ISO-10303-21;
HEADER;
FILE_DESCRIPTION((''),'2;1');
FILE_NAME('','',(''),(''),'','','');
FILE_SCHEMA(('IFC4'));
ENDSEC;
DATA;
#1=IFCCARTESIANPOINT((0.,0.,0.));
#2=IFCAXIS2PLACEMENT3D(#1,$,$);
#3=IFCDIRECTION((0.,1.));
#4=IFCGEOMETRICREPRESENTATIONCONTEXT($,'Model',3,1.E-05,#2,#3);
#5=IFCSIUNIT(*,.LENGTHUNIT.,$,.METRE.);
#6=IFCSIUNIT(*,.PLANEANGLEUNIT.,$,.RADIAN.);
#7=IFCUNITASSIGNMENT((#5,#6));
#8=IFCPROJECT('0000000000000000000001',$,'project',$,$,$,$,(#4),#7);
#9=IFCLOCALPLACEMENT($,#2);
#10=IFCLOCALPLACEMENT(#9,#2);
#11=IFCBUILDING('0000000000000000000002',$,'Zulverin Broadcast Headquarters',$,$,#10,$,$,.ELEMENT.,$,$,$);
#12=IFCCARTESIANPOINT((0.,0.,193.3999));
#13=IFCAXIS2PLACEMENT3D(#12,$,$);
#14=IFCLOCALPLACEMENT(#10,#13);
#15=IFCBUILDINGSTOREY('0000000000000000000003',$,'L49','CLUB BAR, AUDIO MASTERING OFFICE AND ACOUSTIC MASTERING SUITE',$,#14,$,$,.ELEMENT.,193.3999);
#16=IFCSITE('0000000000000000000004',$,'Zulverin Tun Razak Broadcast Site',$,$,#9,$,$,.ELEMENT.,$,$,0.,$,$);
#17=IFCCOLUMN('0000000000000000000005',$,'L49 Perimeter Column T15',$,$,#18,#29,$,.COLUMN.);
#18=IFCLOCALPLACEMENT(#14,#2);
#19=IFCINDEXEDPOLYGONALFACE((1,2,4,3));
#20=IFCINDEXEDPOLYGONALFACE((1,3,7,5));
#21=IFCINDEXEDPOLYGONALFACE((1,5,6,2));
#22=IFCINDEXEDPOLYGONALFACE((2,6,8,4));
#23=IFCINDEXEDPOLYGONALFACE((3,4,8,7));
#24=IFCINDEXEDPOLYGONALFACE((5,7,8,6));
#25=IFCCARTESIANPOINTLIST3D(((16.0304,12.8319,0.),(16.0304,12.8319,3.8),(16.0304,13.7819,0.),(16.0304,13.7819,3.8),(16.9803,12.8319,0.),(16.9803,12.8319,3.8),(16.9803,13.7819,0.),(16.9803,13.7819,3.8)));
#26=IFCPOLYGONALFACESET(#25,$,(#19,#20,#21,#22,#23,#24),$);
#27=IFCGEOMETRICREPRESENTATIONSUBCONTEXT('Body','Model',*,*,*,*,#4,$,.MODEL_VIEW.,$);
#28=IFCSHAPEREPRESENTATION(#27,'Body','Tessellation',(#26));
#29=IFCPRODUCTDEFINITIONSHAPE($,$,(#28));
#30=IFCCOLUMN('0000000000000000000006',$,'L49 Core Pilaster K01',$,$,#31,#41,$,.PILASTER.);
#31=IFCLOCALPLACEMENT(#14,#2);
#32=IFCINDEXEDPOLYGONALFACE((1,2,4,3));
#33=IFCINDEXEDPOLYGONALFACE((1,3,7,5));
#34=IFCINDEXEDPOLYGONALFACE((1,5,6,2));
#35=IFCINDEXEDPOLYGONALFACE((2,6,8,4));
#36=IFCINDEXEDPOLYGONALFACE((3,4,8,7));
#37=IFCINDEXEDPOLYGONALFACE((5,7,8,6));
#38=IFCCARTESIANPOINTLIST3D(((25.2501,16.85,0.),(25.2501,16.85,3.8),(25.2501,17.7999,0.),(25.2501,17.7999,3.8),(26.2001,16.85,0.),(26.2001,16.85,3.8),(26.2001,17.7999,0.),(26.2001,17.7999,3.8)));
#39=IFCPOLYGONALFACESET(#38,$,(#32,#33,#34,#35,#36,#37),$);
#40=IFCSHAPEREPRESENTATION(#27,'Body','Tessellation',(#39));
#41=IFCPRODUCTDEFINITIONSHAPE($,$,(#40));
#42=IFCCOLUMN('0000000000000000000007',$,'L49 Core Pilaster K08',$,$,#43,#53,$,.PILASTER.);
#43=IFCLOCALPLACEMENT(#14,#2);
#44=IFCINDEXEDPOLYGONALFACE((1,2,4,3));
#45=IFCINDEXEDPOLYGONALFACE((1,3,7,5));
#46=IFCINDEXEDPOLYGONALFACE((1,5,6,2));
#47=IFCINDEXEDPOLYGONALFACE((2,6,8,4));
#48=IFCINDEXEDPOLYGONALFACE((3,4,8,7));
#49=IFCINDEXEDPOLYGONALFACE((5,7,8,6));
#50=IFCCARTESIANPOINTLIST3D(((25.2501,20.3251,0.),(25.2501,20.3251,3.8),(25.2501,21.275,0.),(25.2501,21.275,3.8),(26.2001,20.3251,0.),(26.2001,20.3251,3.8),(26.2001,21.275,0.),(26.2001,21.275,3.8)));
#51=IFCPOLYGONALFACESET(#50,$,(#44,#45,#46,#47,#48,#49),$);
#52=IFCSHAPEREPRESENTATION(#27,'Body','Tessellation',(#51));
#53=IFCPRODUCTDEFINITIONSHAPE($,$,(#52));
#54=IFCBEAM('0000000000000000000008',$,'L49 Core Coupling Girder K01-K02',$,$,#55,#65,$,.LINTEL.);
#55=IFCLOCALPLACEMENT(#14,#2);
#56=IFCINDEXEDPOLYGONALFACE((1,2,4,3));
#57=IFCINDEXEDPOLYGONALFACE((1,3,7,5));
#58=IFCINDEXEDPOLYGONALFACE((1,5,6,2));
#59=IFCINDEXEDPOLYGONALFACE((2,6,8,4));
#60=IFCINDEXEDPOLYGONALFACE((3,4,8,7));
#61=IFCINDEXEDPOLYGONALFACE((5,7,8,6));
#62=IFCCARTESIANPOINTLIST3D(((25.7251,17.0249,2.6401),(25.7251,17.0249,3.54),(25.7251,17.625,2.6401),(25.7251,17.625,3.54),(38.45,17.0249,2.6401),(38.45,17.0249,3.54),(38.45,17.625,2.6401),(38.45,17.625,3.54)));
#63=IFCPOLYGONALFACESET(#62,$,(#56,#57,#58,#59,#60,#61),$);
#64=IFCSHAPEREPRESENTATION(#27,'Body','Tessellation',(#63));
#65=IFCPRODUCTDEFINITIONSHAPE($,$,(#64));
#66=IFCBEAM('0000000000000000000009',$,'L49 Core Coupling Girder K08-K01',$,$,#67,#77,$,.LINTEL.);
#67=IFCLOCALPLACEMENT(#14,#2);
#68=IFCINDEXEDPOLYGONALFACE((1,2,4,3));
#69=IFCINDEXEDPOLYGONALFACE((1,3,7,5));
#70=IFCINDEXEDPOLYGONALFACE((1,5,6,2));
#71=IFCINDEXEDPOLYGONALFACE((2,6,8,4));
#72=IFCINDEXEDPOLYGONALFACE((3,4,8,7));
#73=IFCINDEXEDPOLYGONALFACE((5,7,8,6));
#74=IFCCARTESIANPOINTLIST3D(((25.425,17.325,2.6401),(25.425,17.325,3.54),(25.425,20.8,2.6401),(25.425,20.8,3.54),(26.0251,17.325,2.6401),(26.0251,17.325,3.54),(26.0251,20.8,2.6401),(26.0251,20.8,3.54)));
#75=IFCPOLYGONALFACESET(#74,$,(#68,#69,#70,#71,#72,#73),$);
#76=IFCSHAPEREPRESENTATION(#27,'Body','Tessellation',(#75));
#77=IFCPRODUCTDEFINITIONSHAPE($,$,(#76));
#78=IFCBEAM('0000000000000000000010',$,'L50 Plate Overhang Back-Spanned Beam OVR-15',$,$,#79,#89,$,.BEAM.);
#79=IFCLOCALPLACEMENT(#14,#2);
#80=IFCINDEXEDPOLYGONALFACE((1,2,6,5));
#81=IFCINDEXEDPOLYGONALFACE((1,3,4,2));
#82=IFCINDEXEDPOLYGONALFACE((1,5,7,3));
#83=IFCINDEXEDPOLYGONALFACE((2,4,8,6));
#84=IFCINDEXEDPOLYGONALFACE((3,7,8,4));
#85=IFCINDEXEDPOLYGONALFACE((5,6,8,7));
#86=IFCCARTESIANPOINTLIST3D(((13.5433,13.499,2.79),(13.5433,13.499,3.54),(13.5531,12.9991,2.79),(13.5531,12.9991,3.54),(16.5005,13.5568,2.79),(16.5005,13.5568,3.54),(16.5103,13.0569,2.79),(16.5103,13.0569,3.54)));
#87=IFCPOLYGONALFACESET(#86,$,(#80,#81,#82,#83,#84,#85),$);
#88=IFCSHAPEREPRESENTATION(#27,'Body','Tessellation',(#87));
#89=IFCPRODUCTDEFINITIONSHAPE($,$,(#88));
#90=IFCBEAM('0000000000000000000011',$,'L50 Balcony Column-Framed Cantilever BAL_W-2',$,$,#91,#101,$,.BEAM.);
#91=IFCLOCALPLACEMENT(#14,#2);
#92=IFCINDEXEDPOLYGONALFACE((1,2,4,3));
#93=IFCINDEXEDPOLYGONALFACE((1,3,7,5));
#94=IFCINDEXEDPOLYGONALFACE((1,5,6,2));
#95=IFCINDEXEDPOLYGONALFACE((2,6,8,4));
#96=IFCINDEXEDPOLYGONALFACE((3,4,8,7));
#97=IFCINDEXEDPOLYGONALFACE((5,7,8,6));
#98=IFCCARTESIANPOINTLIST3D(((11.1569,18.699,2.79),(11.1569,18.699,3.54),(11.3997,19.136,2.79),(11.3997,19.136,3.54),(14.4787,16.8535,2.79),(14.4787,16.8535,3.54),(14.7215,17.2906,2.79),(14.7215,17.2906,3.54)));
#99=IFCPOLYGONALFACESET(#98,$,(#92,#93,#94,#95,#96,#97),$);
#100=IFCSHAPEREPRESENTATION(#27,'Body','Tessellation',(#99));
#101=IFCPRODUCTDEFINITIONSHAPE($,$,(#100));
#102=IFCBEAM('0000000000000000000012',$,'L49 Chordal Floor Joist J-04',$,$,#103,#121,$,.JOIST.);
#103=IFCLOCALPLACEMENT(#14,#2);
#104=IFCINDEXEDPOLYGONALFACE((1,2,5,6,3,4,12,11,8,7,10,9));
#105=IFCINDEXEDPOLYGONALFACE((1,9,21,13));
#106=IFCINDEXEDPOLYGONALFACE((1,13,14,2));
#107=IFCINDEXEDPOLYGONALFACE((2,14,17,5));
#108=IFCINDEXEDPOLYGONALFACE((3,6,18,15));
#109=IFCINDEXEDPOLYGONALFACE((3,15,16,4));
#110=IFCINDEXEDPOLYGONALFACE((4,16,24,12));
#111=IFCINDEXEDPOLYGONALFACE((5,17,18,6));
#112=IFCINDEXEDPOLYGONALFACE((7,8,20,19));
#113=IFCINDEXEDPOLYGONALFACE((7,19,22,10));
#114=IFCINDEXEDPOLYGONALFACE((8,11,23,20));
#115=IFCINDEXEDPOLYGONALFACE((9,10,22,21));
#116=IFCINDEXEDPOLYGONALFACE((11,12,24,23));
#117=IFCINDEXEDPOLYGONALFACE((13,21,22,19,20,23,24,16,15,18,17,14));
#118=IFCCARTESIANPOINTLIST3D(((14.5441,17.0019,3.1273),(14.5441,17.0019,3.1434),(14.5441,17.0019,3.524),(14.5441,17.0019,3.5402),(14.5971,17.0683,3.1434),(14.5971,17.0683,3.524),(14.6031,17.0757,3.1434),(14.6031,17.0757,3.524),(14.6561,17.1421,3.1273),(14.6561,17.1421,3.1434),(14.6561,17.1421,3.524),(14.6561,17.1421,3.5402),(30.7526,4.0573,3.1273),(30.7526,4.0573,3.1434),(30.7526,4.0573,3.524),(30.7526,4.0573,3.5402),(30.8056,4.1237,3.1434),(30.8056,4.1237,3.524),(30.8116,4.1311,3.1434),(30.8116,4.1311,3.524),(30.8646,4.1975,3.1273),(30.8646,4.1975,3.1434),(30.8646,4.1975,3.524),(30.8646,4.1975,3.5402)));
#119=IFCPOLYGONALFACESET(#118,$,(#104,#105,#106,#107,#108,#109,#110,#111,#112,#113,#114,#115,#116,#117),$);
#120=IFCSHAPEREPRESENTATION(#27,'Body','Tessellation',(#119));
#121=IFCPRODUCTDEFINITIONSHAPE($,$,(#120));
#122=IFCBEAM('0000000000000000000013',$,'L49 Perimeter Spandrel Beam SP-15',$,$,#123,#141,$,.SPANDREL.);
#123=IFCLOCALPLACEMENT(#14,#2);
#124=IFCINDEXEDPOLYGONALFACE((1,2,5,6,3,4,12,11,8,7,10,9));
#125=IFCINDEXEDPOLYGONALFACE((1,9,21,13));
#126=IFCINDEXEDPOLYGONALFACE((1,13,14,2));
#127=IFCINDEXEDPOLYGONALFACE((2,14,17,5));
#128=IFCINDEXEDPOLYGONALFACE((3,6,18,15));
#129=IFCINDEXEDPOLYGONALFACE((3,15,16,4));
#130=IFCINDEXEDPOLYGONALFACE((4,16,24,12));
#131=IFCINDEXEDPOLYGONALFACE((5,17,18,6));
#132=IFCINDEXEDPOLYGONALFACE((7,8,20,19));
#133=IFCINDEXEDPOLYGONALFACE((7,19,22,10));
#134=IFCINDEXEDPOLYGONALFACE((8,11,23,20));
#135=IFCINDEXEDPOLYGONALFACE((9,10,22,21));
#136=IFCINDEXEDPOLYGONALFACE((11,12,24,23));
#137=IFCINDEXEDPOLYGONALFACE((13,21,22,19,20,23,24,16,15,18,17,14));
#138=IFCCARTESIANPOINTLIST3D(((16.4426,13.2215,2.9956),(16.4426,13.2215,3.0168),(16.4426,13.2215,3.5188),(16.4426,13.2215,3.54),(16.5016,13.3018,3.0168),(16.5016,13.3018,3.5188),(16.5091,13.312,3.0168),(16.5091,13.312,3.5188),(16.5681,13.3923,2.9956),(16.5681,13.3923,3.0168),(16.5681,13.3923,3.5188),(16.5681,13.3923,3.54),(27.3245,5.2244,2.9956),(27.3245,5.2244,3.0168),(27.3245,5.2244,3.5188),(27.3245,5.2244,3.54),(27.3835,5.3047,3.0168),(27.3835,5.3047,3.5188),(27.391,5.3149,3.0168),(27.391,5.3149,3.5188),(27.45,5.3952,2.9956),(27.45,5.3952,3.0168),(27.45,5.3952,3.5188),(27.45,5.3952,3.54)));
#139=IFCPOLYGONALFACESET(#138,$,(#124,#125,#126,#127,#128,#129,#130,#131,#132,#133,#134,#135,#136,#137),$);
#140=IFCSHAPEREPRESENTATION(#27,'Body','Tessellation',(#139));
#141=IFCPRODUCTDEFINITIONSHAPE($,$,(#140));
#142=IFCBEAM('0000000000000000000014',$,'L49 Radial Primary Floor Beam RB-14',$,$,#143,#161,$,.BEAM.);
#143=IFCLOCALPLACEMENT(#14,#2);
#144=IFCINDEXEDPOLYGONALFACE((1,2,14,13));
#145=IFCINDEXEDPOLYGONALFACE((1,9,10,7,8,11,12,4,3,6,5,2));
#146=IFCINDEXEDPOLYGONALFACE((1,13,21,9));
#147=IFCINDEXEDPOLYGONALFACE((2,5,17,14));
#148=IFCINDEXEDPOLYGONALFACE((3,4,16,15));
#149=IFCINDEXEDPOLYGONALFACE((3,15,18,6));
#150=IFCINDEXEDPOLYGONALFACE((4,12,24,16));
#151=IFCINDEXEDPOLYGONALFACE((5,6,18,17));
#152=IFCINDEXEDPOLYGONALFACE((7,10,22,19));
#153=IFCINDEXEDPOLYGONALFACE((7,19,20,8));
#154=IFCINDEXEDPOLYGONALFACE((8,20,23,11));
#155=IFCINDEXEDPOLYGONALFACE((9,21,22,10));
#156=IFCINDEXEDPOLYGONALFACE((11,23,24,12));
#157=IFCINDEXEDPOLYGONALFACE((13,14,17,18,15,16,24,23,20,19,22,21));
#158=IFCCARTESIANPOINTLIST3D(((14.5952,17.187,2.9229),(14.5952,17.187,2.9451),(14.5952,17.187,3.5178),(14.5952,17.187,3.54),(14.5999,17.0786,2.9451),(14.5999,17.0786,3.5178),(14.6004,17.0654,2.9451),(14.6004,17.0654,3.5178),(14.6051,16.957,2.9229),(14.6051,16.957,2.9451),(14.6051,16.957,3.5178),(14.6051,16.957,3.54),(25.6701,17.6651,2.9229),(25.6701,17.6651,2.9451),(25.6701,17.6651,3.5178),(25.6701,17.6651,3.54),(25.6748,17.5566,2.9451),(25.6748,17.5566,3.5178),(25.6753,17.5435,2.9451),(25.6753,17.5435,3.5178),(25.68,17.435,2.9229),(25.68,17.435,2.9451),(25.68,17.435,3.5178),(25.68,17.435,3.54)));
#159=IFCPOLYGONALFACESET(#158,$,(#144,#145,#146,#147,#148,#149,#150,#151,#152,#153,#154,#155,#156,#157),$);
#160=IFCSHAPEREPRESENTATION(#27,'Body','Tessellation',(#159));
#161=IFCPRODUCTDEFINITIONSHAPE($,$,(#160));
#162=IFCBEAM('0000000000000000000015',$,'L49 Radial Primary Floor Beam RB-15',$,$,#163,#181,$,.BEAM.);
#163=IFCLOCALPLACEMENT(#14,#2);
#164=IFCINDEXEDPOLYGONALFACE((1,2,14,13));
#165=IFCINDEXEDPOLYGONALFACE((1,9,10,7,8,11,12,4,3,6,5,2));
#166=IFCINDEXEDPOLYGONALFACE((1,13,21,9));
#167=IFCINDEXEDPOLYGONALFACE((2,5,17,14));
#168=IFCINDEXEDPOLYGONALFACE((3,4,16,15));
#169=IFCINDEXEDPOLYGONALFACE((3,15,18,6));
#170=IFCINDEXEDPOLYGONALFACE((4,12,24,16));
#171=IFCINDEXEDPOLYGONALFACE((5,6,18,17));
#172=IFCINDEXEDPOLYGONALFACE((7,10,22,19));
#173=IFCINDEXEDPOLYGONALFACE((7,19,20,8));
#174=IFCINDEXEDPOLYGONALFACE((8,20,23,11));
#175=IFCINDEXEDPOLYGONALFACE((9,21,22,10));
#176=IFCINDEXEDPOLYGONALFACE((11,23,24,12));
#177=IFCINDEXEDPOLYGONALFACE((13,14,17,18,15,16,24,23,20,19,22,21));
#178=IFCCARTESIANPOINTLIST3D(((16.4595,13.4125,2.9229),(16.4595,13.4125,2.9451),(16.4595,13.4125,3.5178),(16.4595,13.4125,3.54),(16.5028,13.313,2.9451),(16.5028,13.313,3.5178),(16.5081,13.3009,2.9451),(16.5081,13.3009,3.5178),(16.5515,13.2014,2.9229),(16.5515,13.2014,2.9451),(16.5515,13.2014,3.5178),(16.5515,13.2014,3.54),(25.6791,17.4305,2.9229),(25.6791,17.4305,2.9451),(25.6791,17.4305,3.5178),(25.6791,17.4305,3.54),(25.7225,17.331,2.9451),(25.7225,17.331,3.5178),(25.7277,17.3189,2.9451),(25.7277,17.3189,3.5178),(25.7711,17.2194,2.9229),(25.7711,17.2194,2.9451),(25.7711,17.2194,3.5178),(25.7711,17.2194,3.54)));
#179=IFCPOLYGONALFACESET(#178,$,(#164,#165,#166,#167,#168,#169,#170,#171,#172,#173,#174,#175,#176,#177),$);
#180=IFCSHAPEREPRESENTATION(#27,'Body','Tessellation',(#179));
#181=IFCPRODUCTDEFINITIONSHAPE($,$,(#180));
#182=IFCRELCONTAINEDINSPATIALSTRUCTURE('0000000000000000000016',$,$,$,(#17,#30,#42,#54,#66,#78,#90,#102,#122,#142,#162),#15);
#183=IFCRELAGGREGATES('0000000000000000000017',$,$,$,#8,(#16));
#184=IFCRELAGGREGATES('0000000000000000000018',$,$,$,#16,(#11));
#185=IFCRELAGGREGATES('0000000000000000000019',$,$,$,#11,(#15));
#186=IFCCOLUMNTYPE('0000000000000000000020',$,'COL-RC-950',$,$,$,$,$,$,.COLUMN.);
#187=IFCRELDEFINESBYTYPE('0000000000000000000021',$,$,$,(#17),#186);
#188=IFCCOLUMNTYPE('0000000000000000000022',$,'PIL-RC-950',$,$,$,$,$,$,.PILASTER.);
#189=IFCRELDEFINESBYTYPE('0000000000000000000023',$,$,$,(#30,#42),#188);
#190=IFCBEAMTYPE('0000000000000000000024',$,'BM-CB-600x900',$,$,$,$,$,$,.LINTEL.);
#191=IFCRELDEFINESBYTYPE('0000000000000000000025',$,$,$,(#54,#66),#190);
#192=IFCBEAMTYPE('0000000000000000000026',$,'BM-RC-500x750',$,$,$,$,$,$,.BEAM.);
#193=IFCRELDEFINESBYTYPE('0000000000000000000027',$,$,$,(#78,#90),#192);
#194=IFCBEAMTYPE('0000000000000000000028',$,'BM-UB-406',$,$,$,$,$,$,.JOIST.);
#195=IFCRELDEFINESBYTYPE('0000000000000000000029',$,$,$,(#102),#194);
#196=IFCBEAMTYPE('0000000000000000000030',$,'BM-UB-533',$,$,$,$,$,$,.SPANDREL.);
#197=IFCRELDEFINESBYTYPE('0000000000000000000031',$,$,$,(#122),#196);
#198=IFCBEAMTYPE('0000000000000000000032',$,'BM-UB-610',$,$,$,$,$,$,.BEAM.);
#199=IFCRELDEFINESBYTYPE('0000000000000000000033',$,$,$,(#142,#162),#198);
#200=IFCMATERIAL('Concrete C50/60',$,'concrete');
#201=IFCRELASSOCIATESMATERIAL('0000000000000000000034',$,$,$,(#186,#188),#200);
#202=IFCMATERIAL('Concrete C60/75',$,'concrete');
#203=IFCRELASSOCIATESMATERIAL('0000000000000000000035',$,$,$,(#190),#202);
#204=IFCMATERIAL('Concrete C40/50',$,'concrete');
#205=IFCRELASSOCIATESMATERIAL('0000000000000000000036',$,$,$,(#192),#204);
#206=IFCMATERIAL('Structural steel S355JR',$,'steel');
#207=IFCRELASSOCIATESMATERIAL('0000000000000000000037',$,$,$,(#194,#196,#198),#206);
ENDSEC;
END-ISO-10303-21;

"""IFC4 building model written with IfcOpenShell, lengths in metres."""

from ifc_helpers import new_model, si_unit, direction, frame, origin, origin_2d, place, context, subcontext, project, spatial, rectangle, i_section, extrude, material, material_profile, profile_set, type_object, element, save


model = new_model("IFC4")

# Units and contexts
model_context = context("Model", 3, precision=1e-05, world=origin(), true_north=direction((0.0, 1.0)))
body_context = subcontext(model_context, "Body", "Model", "MODEL_VIEW")
ifc_project = project(units=[si_unit("LENGTHUNIT", "METRE"), si_unit("PLANEANGLEUNIT", "RADIAN")], contexts=[model_context])

# Site, building, storey
site_placement = place(None, origin())
site = spatial("IfcSite", under=ifc_project, at=site_placement, Name="Zulverin Tun Razak Broadcast Site", CompositionType="ELEMENT", RefElevation=0.0)
building_placement = place(site_placement, origin())
building = spatial("IfcBuilding", under=site, at=building_placement, Name="Zulverin Broadcast Headquarters", CompositionType="ELEMENT")
storey_placement = place(building_placement, frame((0.0, 0.0, 193.3999)))
storey = spatial("IfcBuildingStorey", under=building, at=storey_placement, Name="L49", Description="CLUB BAR, AUDIO MASTERING OFFICE AND ACOUSTIC MASTERING SUITE", CompositionType="ELEMENT", Elevation=193.3999)

# Columns
ifc_material_1 = material(Name="Concrete C50/60", Category="concrete")
ifc_material_profile_1 = material_profile(ifc_material_1, rectangle(XDim=0.95, YDim=0.95, at=origin_2d()), Name="Concrete C50/60", Category="concrete")
ifc_profile_set_1 = profile_set([ifc_material_profile_1], Name="Concrete C50/60")
column_type_1 = type_object("IfcColumnType", Name="COL-RC-950", PredefinedType="COLUMN", material=ifc_profile_set_1)
column_placement = place(storey_placement, frame((16.5054, 13.3069, 0.0), z_axis=(0.0, 0.0, 1.0), x_axis=(1.0, 0.0, 0.0)))
element("IfcColumn", 1, at=column_placement, inside=storey, type_object=column_type_1, Name="L49 Perimeter Column T15", PredefinedType="COLUMN", context=body_context, shape_type="SweptSolid", body=[
    extrude(rectangle(XDim=0.95, YDim=0.95, at=origin_2d()), origin(), (0.0, 0.0, 1.0), 3.8),
])
ifc_material_profile_2 = material_profile(ifc_material_1, rectangle(XDim=0.95, YDim=0.95, at=origin_2d()), Name="Concrete C50/60", Category="concrete")
ifc_profile_set_2 = profile_set([ifc_material_profile_2], Name="Concrete C50/60")
column_type_2 = type_object("IfcColumnType", Name="PIL-RC-950", PredefinedType="PILASTER", material=ifc_profile_set_2)
for number, where, z_axis, x_axis, name in (
    (2, (25.7251, 17.325, 0.0), (0.0, 0.0, 1.0), (1.0, 0.0, 0.0), "L49 Core Pilaster K01"),
    (3, (25.7251, 20.8, 0.0), (0.0, 0.0, 1.0), (1.0, 0.0, 0.0), "L49 Core Pilaster K08"),
):
    element("IfcColumn", number, at=place(storey_placement, frame(where, z_axis=z_axis, x_axis=x_axis)), inside=storey, type_object=column_type_2, Name=name, PredefinedType="PILASTER", context=body_context, shape_type="SweptSolid", body=[
        extrude(rectangle(XDim=0.95, YDim=0.95, at=origin_2d()), origin(), (0.0, 0.0, 1.0), 3.8),
    ])

# Beams
ifc_material_2 = material(Name="Concrete C60/75", Category="concrete")
ifc_material_profile_3 = material_profile(ifc_material_2, rectangle(XDim=0.6001, YDim=0.8999, at=origin_2d()), Name="Concrete C60/75", Category="concrete")
ifc_profile_set_3 = profile_set([ifc_material_profile_3], Name="Concrete C60/75")
beam_type_1 = type_object("IfcBeamType", Name="BM-CB-600x900", PredefinedType="LINTEL", material=ifc_profile_set_3)
beam_1_placement = place(storey_placement, frame((25.7251, 17.325, 3.0901), z_axis=(1.0, 0.0, 0.0), x_axis=(0.0, 1.0, 0.0)))
element("IfcBeam", 4, at=beam_1_placement, inside=storey, type_object=beam_type_1, Name="L49 Core Coupling Girder K01-K02", PredefinedType="LINTEL", context=body_context, shape_type="SweptSolid", body=[
    extrude(rectangle(XDim=0.6001, YDim=0.8999, at=origin_2d()), origin(), (0.0, 0.0, 1.0), 12.7249),
])
beam_2_placement = place(storey_placement, frame((25.7251, 20.8, 3.0901), z_axis=(0.0, -1.0, 0.0), x_axis=(1.0, 0.0, 0.0)))
element("IfcBeam", 5, at=beam_2_placement, inside=storey, type_object=beam_type_1, Name="L49 Core Coupling Girder K08-K01", PredefinedType="LINTEL", context=body_context, shape_type="SweptSolid", body=[
    extrude(rectangle(XDim=0.6001, YDim=0.8999, at=origin_2d()), origin(), (0.0, 0.0, 1.0), 3.4751),
])
ifc_material_3 = material(Name="Concrete C40/50", Category="concrete")
ifc_material_profile_4 = material_profile(ifc_material_3, rectangle(XDim=0.5, YDim=0.75, at=origin_2d()), Name="Concrete C40/50", Category="concrete")
ifc_profile_set_4 = profile_set([ifc_material_profile_4], Name="Concrete C40/50")
beam_type_2 = type_object("IfcBeamType", Name="BM-RC-500x750", PredefinedType="BEAM", material=ifc_profile_set_4)
beam_3_placement = place(storey_placement, frame((16.5054, 13.3069, 3.165), z_axis=(-0.999809, -0.019562, 0.0), x_axis=(0.019562, -0.999809, 0.0)))
element("IfcBeam", 6, at=beam_3_placement, inside=storey, type_object=beam_type_2, Name="L50 Plate Overhang Back-Spanned Beam OVR-15", PredefinedType="BEAM", context=body_context, shape_type="SweptSolid", body=[
    extrude(rectangle(XDim=0.5, YDim=0.75, at=origin_2d()), origin(), (0.0, 0.0, 1.0), 2.9578),
])
beam_4_placement = place(storey_placement, frame((14.6001, 17.072, 3.165), z_axis=(-0.874154, 0.485648, 0.0), x_axis=(-0.485648, -0.874154, 0.0)))
element("IfcBeam", 7, at=beam_4_placement, inside=storey, type_object=beam_type_2, Name="L50 Balcony Column-Framed Cantilever BAL_W-2", PredefinedType="BEAM", context=body_context, shape_type="SweptSolid", body=[
    extrude(rectangle(XDim=0.5, YDim=0.75, at=origin_2d()), origin(), (0.0, 0.0, 1.0), 3.8),
])
ifc_material_4 = material(Name="Structural steel S355JR", Category="steel")
ifc_material_profile_5 = material_profile(ifc_material_4, i_section(OverallWidth=0.1794, OverallDepth=0.4128, WebThickness=0.0095, FlangeThickness=0.0161, at=origin_2d()), Name="Structural steel S355JR", Category="steel")
ifc_profile_set_5 = profile_set([ifc_material_profile_5], Name="Structural steel S355JR")
beam_type_3 = type_object("IfcBeamType", Name="BM-UB-406", PredefinedType="JOIST", material=ifc_profile_set_5)
beam_5_placement = place(storey_placement, frame((14.6001, 17.072, 3.3337), z_axis=(0.781391, -0.624042, 0.0), x_axis=(0.624042, 0.781391, 0.0)))
element("IfcBeam", 8, at=beam_5_placement, inside=storey, type_object=beam_type_3, Name="L49 Chordal Floor Joist J-04", PredefinedType="JOIST", context=body_context, shape_type="SweptSolid", body=[
    extrude(i_section(OverallWidth=0.1794, OverallDepth=0.4128, WebThickness=0.0095, FlangeThickness=0.0161, at=origin_2d()), origin(), (0.0, 0.0, 1.0), 20.7432),
])
ifc_material_profile_6 = material_profile(ifc_material_4, i_section(OverallWidth=0.2119, OverallDepth=0.5444, WebThickness=0.0127, FlangeThickness=0.0212, at=origin_2d()), Name="Structural steel S355JR", Category="steel")
ifc_profile_set_6 = profile_set([ifc_material_profile_6], Name="Structural steel S355JR")
beam_type_4 = type_object("IfcBeamType", Name="BM-UB-533", PredefinedType="SPANDREL", material=ifc_profile_set_6)
beam_6_placement = place(storey_placement, frame((16.5054, 13.3069, 3.2678), z_axis=(0.805802, -0.592185, 0.0), x_axis=(0.592185, 0.805802, 0.0)))
element("IfcBeam", 9, at=beam_6_placement, inside=storey, type_object=beam_type_4, Name="L49 Perimeter Spandrel Beam SP-15", PredefinedType="SPANDREL", context=body_context, shape_type="SweptSolid", body=[
    extrude(i_section(OverallWidth=0.2119, OverallDepth=0.5444, WebThickness=0.0127, FlangeThickness=0.0212, at=origin_2d()), origin(), (0.0, 0.0, 1.0), 13.5044),
])
ifc_material_profile_7 = material_profile(ifc_material_4, i_section(OverallWidth=0.2302, OverallDepth=0.6172, WebThickness=0.0132, FlangeThickness=0.0222, at=origin_2d()), Name="Structural steel S355JR", Category="steel")
ifc_profile_set_7 = profile_set([ifc_material_profile_7], Name="Structural steel S355JR")
beam_type_5 = type_object("IfcBeamType", Name="BM-UB-610", PredefinedType="BEAM", material=ifc_profile_set_7)
beam_7_placement = place(storey_placement, frame((25.675, 17.55, 3.2314), z_axis=(-0.99907, -0.043123, 0.0), x_axis=(0.043123, -0.99907, 0.0)))
element("IfcBeam", 10, at=beam_7_placement, inside=storey, type_object=beam_type_5, Name="L49 Radial Primary Floor Beam RB-14", PredefinedType="BEAM", context=body_context, shape_type="SweptSolid", body=[
    extrude(i_section(OverallWidth=0.2302, OverallDepth=0.6172, WebThickness=0.0132, FlangeThickness=0.0222, at=origin_2d()), origin(), (0.0, 0.0, 1.0), 11.0852),
])
beam_8_placement = place(storey_placement, frame((25.7251, 17.325, 3.2314), z_axis=(-0.916725, -0.39952, 0.0), x_axis=(0.39952, -0.916725, 0.0)))
element("IfcBeam", 11, at=beam_8_placement, inside=storey, type_object=beam_type_5, Name="L49 Radial Primary Floor Beam RB-15", PredefinedType="BEAM", context=body_context, shape_type="SweptSolid", body=[
    extrude(i_section(OverallWidth=0.2302, OverallDepth=0.6172, WebThickness=0.0132, FlangeThickness=0.0222, at=origin_2d()), origin(), (0.0, 0.0, 1.0), 10.0571),
])

save(model, "model.ifc")
